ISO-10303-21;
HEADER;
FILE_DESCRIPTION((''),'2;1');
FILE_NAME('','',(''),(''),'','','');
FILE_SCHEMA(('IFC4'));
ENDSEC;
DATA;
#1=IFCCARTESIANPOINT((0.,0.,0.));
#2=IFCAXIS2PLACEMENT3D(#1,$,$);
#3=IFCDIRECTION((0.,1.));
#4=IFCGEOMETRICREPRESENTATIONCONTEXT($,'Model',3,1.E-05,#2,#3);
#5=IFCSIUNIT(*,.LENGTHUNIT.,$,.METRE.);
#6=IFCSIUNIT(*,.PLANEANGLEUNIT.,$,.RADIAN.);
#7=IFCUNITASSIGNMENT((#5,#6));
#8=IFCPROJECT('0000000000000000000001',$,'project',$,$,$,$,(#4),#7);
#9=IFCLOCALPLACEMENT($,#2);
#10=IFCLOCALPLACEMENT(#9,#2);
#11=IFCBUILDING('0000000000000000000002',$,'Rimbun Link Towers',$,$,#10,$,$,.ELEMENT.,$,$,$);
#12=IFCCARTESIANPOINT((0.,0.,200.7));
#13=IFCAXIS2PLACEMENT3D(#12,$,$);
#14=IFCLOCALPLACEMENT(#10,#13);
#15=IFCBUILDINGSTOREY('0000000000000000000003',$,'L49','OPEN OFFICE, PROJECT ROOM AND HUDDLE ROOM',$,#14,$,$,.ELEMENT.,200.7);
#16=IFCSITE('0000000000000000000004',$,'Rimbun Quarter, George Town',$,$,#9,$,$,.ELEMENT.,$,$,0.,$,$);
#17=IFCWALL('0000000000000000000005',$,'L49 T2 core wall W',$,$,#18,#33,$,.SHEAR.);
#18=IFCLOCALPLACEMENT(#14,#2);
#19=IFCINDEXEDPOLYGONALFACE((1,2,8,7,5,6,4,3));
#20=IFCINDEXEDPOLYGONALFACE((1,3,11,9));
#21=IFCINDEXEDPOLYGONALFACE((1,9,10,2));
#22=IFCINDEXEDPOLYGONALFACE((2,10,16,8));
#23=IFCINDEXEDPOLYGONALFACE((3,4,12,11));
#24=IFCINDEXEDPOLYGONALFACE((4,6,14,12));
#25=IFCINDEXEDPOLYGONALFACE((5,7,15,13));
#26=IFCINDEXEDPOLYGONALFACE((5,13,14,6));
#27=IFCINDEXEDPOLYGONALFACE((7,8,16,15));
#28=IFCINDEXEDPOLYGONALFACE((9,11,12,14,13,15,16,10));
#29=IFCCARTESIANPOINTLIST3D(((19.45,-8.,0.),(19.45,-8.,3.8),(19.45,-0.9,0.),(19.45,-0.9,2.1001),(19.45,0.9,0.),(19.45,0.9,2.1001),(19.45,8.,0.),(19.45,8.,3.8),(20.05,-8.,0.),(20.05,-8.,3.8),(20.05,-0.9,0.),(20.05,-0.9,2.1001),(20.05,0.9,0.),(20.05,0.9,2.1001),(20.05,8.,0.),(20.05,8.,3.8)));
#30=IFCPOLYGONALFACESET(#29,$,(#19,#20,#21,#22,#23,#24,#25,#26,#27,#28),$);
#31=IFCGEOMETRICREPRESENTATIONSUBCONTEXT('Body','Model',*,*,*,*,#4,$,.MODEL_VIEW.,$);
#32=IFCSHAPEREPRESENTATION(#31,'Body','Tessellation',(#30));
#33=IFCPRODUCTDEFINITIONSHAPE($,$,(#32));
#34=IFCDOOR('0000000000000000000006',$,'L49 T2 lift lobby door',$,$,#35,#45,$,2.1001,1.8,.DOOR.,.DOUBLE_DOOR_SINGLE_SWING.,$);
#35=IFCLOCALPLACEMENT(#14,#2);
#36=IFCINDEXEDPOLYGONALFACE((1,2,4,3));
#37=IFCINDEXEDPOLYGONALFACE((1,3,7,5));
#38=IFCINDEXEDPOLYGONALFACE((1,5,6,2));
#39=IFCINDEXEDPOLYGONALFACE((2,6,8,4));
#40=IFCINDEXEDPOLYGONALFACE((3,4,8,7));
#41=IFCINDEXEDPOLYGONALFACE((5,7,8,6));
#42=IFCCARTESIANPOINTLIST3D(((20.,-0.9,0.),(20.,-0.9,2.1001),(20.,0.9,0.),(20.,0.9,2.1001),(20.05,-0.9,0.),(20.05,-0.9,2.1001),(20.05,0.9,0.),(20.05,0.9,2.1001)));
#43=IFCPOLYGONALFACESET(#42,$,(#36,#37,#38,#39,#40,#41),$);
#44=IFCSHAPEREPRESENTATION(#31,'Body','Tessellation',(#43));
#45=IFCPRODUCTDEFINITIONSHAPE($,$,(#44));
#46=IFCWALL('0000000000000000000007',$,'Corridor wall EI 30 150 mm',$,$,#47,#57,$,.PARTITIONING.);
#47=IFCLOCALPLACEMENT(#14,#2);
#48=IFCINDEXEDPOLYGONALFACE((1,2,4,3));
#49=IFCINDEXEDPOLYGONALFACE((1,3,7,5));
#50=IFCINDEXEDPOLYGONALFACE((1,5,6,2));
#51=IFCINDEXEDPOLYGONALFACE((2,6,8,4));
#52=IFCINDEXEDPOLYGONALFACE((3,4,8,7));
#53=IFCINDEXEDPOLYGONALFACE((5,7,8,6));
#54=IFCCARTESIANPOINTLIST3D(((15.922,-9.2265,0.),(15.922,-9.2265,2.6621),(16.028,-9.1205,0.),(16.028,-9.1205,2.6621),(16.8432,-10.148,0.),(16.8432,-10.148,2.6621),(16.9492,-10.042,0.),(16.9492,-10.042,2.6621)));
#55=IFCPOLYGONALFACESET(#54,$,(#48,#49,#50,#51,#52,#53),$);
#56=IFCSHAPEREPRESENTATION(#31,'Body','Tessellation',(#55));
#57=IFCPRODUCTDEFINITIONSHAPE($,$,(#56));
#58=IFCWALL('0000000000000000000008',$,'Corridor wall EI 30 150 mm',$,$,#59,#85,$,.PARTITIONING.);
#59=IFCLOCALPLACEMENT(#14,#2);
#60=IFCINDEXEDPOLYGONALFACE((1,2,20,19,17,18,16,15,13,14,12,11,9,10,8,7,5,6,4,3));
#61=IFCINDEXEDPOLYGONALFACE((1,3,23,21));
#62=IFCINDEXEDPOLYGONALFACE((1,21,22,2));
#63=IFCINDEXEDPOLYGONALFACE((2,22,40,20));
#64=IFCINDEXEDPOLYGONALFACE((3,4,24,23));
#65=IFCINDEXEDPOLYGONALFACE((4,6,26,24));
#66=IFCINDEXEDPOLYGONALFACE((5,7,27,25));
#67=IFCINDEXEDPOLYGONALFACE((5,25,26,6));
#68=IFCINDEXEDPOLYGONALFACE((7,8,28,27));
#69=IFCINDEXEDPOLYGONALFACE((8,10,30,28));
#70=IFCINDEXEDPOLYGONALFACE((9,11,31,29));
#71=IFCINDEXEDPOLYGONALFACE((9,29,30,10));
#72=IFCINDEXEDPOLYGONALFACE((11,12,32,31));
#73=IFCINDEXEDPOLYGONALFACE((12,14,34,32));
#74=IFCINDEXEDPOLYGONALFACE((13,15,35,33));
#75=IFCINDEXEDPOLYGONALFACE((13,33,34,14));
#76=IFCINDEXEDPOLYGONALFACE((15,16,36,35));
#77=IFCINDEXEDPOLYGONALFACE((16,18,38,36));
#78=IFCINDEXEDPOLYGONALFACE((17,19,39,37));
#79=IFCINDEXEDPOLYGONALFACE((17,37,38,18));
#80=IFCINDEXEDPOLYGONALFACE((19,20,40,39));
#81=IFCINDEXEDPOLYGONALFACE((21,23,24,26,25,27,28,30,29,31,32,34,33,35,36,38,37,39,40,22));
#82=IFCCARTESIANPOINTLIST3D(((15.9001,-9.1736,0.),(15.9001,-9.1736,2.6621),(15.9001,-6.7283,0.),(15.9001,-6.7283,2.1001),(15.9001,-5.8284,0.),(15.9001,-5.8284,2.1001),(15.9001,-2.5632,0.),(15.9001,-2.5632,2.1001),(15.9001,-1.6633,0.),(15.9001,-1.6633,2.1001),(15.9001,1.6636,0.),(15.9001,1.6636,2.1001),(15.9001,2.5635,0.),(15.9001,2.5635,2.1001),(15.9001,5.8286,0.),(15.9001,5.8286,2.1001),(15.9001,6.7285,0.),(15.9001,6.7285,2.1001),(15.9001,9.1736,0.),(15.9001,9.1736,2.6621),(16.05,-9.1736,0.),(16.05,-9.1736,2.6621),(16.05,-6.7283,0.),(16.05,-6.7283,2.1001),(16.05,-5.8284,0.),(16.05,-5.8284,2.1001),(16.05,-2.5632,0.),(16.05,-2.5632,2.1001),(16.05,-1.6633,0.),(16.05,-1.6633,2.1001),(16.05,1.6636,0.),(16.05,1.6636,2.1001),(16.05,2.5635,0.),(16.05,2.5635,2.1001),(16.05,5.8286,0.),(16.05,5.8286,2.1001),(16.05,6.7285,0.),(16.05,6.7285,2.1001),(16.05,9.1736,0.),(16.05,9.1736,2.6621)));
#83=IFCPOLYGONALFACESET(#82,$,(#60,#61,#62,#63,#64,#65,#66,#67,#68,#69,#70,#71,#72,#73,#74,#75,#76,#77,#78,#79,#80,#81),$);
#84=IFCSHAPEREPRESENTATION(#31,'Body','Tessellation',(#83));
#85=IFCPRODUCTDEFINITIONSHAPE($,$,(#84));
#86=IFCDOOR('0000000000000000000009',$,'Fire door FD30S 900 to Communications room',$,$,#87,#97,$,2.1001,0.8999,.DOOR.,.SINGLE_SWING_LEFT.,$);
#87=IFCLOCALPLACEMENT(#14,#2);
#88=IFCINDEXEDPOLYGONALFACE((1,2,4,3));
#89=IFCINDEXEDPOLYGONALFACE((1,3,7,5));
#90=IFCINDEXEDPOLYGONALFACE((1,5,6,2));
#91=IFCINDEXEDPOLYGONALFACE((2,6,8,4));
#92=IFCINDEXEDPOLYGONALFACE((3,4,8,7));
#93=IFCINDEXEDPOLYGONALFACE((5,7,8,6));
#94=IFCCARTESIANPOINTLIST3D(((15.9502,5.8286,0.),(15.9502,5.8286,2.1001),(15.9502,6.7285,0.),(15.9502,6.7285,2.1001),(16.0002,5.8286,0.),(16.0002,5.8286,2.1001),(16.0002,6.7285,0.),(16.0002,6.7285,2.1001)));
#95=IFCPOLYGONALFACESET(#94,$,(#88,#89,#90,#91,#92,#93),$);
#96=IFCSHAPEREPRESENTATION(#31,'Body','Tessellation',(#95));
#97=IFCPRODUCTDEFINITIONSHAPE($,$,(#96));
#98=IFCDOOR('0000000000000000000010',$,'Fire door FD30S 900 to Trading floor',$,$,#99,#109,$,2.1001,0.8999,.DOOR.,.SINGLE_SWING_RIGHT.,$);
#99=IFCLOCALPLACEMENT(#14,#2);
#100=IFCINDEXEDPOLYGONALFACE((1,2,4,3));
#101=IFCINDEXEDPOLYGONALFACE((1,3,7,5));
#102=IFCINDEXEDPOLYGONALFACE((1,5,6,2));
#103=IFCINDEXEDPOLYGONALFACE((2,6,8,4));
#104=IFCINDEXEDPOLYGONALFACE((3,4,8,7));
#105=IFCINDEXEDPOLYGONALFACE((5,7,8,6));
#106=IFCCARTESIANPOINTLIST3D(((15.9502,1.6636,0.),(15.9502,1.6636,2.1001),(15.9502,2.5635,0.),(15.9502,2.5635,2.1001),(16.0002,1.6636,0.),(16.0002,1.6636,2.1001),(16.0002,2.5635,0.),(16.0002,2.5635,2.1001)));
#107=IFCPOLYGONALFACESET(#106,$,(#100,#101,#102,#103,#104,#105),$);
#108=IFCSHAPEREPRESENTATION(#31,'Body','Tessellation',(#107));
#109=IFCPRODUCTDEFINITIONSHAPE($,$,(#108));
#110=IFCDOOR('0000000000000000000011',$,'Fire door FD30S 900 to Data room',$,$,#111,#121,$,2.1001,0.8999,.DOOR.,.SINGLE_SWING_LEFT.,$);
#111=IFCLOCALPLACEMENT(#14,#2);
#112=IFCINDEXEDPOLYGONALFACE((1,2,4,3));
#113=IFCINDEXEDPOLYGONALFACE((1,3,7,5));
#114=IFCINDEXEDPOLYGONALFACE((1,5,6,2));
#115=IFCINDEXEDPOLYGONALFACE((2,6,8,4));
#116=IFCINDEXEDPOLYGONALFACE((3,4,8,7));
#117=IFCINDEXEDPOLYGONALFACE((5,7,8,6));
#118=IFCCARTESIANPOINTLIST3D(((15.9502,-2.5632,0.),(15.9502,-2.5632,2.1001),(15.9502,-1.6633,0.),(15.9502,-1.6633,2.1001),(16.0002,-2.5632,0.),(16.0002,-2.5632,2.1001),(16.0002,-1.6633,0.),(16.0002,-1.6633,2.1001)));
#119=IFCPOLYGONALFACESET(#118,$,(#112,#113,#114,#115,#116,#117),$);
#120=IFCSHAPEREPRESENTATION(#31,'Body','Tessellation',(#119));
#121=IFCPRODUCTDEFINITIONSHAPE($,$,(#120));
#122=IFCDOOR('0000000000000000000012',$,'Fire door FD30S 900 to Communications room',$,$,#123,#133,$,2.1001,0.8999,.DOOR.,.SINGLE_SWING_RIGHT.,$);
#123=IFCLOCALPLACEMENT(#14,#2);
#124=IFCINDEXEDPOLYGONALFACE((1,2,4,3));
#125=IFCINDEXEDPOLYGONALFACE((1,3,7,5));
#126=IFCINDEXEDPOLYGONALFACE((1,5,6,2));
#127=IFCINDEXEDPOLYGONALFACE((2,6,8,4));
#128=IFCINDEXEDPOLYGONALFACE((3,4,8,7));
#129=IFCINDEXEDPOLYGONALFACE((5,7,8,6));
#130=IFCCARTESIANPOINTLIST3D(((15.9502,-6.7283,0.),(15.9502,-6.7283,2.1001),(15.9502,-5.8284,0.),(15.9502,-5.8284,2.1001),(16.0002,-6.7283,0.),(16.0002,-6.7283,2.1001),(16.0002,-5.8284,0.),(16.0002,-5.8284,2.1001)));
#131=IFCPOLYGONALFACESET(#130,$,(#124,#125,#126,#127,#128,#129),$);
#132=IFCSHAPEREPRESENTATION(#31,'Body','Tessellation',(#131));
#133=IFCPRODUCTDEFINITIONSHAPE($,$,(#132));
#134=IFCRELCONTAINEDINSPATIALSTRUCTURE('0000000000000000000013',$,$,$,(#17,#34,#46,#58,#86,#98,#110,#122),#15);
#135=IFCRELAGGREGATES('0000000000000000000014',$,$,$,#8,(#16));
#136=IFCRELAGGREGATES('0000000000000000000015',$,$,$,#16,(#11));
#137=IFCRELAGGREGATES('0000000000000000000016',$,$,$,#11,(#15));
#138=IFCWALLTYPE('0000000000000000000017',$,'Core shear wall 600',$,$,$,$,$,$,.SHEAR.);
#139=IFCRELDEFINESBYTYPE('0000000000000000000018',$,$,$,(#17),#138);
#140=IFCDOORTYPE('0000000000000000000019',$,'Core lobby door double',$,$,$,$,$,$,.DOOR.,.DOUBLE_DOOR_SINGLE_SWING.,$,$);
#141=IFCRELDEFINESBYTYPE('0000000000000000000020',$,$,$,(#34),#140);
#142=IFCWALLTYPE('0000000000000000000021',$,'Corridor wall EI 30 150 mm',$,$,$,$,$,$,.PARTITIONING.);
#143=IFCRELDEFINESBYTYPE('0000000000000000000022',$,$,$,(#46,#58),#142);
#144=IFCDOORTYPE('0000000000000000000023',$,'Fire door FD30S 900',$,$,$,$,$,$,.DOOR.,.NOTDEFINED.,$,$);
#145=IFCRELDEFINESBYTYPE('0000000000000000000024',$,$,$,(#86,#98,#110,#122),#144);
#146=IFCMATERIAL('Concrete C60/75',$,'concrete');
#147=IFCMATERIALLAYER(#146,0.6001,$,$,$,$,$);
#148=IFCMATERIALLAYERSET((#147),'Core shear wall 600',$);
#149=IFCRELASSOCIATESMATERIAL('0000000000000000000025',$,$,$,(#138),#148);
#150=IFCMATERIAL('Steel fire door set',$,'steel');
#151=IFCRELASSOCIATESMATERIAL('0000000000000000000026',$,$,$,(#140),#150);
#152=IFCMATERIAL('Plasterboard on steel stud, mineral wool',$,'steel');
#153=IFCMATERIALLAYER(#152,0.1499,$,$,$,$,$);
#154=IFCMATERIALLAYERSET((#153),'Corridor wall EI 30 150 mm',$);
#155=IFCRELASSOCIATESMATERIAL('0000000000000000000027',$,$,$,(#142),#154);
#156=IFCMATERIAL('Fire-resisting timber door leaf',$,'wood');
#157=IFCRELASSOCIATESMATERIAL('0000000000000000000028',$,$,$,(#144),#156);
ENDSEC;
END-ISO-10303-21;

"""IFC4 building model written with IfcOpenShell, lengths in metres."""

from ifc_helpers import new_model, si_unit, direction, frame, frame_2d, origin, place, context, subcontext, project, spatial, rectangle, extrude, material, layer, layer_set, type_object, element, fill, save


model = new_model("IFC4")

# Units and contexts
model_context = context("Model", 3, precision=1e-05, world=origin(), true_north=direction((0.0, 1.0)))
body_context = subcontext(model_context, "Body", "Model", "MODEL_VIEW")
ifc_project = project(units=[si_unit("LENGTHUNIT", "METRE"), si_unit("PLANEANGLEUNIT", "RADIAN")], contexts=[model_context])

# Site, building, storey
site_placement = place(None, origin())
site = spatial("IfcSite", under=ifc_project, at=site_placement, Name="Rimbun Quarter, George Town", CompositionType="ELEMENT", RefElevation=0.0)
building_placement = place(site_placement, origin())
building = spatial("IfcBuilding", under=site, at=building_placement, Name="Rimbun Link Towers", CompositionType="ELEMENT")
storey_placement = place(building_placement, frame((0.0, 0.0, 200.7)))
storey = spatial("IfcBuildingStorey", under=building, at=storey_placement, Name="L49", Description="OPEN OFFICE, PROJECT ROOM AND HUDDLE ROOM", CompositionType="ELEMENT", Elevation=200.7)

# Shared definitions
ifc_material_1 = material(Name="Concrete C60/75", Category="concrete")
ifc_layer_1 = layer(ifc_material_1, 0.6001)
ifc_layer_set_1 = layer_set([ifc_layer_1], Name="Core shear wall 600")
wall_type_1 = type_object("IfcWallType", Name="Core shear wall 600", PredefinedType="SHEAR", material=ifc_layer_set_1)

# Wall, opening, door
wall_1_placement = place(storey_placement, frame((19.75, -8.0, 0.0), z_axis=(0.0, 0.0, 1.0), x_axis=(0.0, 1.0, 0.0)))
wall_1 = element("IfcWall", 1, at=wall_1_placement, inside=storey, type_object=wall_type_1, Name="L49 T2 core wall W", PredefinedType="SHEAR", context=body_context, shape_type="SweptSolid", body=[
    extrude(rectangle(XDim=16.0, YDim=0.6001, at=frame_2d((8.0, 0.0))), origin(), (0.0, 0.0, 1.0), 3.8),
])
opening_1_placement = place(wall_1_placement, frame((7.1001, 0.0, 0.0)))
opening_1 = element("IfcOpeningElement", 2, at=opening_1_placement, cuts=wall_1, PredefinedType="OPENING", context=body_context, shape_type="SweptSolid", body=[
    extrude(rectangle(XDim=1.8, YDim=2.1001, at=frame_2d((0.8999, 1.05))), frame((0.0, 0.3101, 0.0), z_axis=(0.0, -1.0, 0.0), x_axis=(1.0, 0.0, 0.0)), (0.0, 0.0, 1.0), 0.6201),
])
ifc_material_2 = material(Name="Steel fire door set", Category="steel")
door_type_1 = type_object("IfcDoorType", Name="Core lobby door double", OperationType="DOUBLE_DOOR_SINGLE_SWING", PredefinedType="DOOR", material=ifc_material_2)
door_1_placement = place(opening_1_placement, origin())
door_1 = element("IfcDoor", 3, at=door_1_placement, inside=storey, type_object=door_type_1, Name="L49 T2 lift lobby door", OperationType="DOUBLE_DOOR_SINGLE_SWING", OverallHeight=2.1001, OverallWidth=1.8, PredefinedType="DOOR", context=body_context, shape_type="SweptSolid", body=[
    extrude(rectangle(XDim=1.8, YDim=2.1001, at=frame_2d((0.8999, 1.05))), frame((0.0, -0.25, 0.0), z_axis=(0.0, -1.0, 0.0), x_axis=(1.0, 0.0, 0.0)), (0.0, 0.0, 1.0), 0.05),
])
fill(opening_1, door_1)

# Wall
ifc_material_3 = material(Name="Plasterboard on steel stud, mineral wool", Category="steel")
ifc_layer_2 = layer(ifc_material_3, 0.1499)
ifc_layer_set_2 = layer_set([ifc_layer_2], Name="Corridor wall EI 30 150 mm")
wall_type_2 = type_object("IfcWallType", Name="Corridor wall EI 30 150 mm", PredefinedType="PARTITIONING", material=ifc_layer_set_2)
wall_2_placement = place(storey_placement, frame((15.9751, -9.1736, 0.0), z_axis=(0.0, 0.0, 1.0), x_axis=(0.707013, -0.7072, 0.0)))
element("IfcWall", 4, at=wall_2_placement, inside=storey, type_object=wall_type_2, Name="Corridor wall EI 30 150 mm", PredefinedType="PARTITIONING", context=body_context, shape_type="SweptSolid", body=[
    extrude(rectangle(XDim=1.303, YDim=0.1499, at=frame_2d((0.6514, 0.0))), origin(), (0.0, 0.0, 1.0), 2.6621),
])

# Wall, openings, doors
wall_3_placement = place(storey_placement, frame((15.9751, -9.1736, 0.0), z_axis=(0.0, 0.0, 1.0), x_axis=(0.0, 1.0, 0.0)))
wall_3 = element("IfcWall", 5, at=wall_3_placement, inside=storey, type_object=wall_type_2, Name="Corridor wall EI 30 150 mm", PredefinedType="PARTITIONING", context=body_context, shape_type="SweptSolid", body=[
    extrude(rectangle(XDim=18.3472, YDim=0.1499, at=frame_2d((9.1736, 0.0))), origin(), (0.0, 0.0, 1.0), 2.6621),
])
opening_2_placement = place(wall_3_placement, frame((15.0022, 0.0, 0.0)))
opening_2 = element("IfcOpeningElement", 6, at=opening_2_placement, cuts=wall_3, PredefinedType="OPENING", context=body_context, shape_type="SweptSolid", body=[
    extrude(rectangle(XDim=0.8999, YDim=2.1001, at=frame_2d((0.45, 1.05))), frame((0.0, 0.085, 0.0), z_axis=(0.0, -1.0, 0.0), x_axis=(1.0, 0.0, 0.0)), (0.0, 0.0, 1.0), 0.1699),
])
opening_3_placement = place(wall_3_placement, frame((10.8372, 0.0, 0.0)))
opening_3 = element("IfcOpeningElement", 7, at=opening_3_placement, cuts=wall_3, PredefinedType="OPENING", context=body_context, shape_type="SweptSolid", body=[
    extrude(rectangle(XDim=0.8999, YDim=2.1001, at=frame_2d((0.45, 1.05))), frame((0.0, 0.085, 0.0), z_axis=(0.0, -1.0, 0.0), x_axis=(1.0, 0.0, 0.0)), (0.0, 0.0, 1.0), 0.1699),
])
opening_4_placement = place(wall_3_placement, frame((6.6104, 0.0, 0.0)))
opening_4 = element("IfcOpeningElement", 8, at=opening_4_placement, cuts=wall_3, PredefinedType="OPENING", context=body_context, shape_type="SweptSolid", body=[
    extrude(rectangle(XDim=0.8999, YDim=2.1001, at=frame_2d((0.45, 1.05))), frame((0.0, 0.085, 0.0), z_axis=(0.0, -1.0, 0.0), x_axis=(1.0, 0.0, 0.0)), (0.0, 0.0, 1.0), 0.1699),
])
opening_5_placement = place(wall_3_placement, frame((2.4453, 0.0, 0.0)))
opening_5 = element("IfcOpeningElement", 9, at=opening_5_placement, cuts=wall_3, PredefinedType="OPENING", context=body_context, shape_type="SweptSolid", body=[
    extrude(rectangle(XDim=0.8999, YDim=2.1001, at=frame_2d((0.45, 1.05))), frame((0.0, 0.085, 0.0), z_axis=(0.0, -1.0, 0.0), x_axis=(1.0, 0.0, 0.0)), (0.0, 0.0, 1.0), 0.1699),
])
ifc_material_4 = material(Name="Fire-resisting timber door leaf", Category="wood")
door_type_2 = type_object("IfcDoorType", Name="Fire door FD30S 900", OperationType="NOTDEFINED", PredefinedType="DOOR", material=ifc_material_4)
door_2_placement = place(opening_2_placement, origin())
door_2 = element("IfcDoor", 10, at=door_2_placement, inside=storey, type_object=door_type_2, Name="Fire door FD30S 900 to Communications room", OperationType="SINGLE_SWING_LEFT", OverallHeight=2.1001, OverallWidth=0.8999, PredefinedType="DOOR", context=body_context, shape_type="SweptSolid", body=[
    extrude(rectangle(XDim=0.8999, YDim=2.1001, at=frame_2d((0.45, 1.05))), frame((0.0, 0.0249, 0.0), z_axis=(0.0, -1.0, 0.0), x_axis=(1.0, 0.0, 0.0)), (0.0, 0.0, 1.0), 0.05),
])
fill(opening_2, door_2)
door_3_placement = place(opening_3_placement, origin())
door_3 = element("IfcDoor", 11, at=door_3_placement, inside=storey, type_object=door_type_2, Name="Fire door FD30S 900 to Trading floor", OperationType="SINGLE_SWING_RIGHT", OverallHeight=2.1001, OverallWidth=0.8999, PredefinedType="DOOR", context=body_context, shape_type="SweptSolid", body=[
    extrude(rectangle(XDim=0.8999, YDim=2.1001, at=frame_2d((0.45, 1.05))), frame((0.0, 0.0249, 0.0), z_axis=(0.0, -1.0, 0.0), x_axis=(1.0, 0.0, 0.0)), (0.0, 0.0, 1.0), 0.05),
])
fill(opening_3, door_3)
door_4_placement = place(opening_4_placement, origin())
door_4 = element("IfcDoor", 12, at=door_4_placement, inside=storey, type_object=door_type_2, Name="Fire door FD30S 900 to Data room", OperationType="SINGLE_SWING_LEFT", OverallHeight=2.1001, OverallWidth=0.8999, PredefinedType="DOOR", context=body_context, shape_type="SweptSolid", body=[
    extrude(rectangle(XDim=0.8999, YDim=2.1001, at=frame_2d((0.45, 1.05))), frame((0.0, 0.0249, 0.0), z_axis=(0.0, -1.0, 0.0), x_axis=(1.0, 0.0, 0.0)), (0.0, 0.0, 1.0), 0.05),
])
fill(opening_4, door_4)
door_5_placement = place(opening_5_placement, origin())
door_5 = element("IfcDoor", 13, at=door_5_placement, inside=storey, type_object=door_type_2, Name="Fire door FD30S 900 to Communications room", OperationType="SINGLE_SWING_RIGHT", OverallHeight=2.1001, OverallWidth=0.8999, PredefinedType="DOOR", context=body_context, shape_type="SweptSolid", body=[
    extrude(rectangle(XDim=0.8999, YDim=2.1001, at=frame_2d((0.45, 1.05))), frame((0.0, 0.0249, 0.0), z_axis=(0.0, -1.0, 0.0), x_axis=(1.0, 0.0, 0.0)), (0.0, 0.0, 1.0), 0.05),
])
fill(opening_5, door_5)

save(model, "model.ifc")
